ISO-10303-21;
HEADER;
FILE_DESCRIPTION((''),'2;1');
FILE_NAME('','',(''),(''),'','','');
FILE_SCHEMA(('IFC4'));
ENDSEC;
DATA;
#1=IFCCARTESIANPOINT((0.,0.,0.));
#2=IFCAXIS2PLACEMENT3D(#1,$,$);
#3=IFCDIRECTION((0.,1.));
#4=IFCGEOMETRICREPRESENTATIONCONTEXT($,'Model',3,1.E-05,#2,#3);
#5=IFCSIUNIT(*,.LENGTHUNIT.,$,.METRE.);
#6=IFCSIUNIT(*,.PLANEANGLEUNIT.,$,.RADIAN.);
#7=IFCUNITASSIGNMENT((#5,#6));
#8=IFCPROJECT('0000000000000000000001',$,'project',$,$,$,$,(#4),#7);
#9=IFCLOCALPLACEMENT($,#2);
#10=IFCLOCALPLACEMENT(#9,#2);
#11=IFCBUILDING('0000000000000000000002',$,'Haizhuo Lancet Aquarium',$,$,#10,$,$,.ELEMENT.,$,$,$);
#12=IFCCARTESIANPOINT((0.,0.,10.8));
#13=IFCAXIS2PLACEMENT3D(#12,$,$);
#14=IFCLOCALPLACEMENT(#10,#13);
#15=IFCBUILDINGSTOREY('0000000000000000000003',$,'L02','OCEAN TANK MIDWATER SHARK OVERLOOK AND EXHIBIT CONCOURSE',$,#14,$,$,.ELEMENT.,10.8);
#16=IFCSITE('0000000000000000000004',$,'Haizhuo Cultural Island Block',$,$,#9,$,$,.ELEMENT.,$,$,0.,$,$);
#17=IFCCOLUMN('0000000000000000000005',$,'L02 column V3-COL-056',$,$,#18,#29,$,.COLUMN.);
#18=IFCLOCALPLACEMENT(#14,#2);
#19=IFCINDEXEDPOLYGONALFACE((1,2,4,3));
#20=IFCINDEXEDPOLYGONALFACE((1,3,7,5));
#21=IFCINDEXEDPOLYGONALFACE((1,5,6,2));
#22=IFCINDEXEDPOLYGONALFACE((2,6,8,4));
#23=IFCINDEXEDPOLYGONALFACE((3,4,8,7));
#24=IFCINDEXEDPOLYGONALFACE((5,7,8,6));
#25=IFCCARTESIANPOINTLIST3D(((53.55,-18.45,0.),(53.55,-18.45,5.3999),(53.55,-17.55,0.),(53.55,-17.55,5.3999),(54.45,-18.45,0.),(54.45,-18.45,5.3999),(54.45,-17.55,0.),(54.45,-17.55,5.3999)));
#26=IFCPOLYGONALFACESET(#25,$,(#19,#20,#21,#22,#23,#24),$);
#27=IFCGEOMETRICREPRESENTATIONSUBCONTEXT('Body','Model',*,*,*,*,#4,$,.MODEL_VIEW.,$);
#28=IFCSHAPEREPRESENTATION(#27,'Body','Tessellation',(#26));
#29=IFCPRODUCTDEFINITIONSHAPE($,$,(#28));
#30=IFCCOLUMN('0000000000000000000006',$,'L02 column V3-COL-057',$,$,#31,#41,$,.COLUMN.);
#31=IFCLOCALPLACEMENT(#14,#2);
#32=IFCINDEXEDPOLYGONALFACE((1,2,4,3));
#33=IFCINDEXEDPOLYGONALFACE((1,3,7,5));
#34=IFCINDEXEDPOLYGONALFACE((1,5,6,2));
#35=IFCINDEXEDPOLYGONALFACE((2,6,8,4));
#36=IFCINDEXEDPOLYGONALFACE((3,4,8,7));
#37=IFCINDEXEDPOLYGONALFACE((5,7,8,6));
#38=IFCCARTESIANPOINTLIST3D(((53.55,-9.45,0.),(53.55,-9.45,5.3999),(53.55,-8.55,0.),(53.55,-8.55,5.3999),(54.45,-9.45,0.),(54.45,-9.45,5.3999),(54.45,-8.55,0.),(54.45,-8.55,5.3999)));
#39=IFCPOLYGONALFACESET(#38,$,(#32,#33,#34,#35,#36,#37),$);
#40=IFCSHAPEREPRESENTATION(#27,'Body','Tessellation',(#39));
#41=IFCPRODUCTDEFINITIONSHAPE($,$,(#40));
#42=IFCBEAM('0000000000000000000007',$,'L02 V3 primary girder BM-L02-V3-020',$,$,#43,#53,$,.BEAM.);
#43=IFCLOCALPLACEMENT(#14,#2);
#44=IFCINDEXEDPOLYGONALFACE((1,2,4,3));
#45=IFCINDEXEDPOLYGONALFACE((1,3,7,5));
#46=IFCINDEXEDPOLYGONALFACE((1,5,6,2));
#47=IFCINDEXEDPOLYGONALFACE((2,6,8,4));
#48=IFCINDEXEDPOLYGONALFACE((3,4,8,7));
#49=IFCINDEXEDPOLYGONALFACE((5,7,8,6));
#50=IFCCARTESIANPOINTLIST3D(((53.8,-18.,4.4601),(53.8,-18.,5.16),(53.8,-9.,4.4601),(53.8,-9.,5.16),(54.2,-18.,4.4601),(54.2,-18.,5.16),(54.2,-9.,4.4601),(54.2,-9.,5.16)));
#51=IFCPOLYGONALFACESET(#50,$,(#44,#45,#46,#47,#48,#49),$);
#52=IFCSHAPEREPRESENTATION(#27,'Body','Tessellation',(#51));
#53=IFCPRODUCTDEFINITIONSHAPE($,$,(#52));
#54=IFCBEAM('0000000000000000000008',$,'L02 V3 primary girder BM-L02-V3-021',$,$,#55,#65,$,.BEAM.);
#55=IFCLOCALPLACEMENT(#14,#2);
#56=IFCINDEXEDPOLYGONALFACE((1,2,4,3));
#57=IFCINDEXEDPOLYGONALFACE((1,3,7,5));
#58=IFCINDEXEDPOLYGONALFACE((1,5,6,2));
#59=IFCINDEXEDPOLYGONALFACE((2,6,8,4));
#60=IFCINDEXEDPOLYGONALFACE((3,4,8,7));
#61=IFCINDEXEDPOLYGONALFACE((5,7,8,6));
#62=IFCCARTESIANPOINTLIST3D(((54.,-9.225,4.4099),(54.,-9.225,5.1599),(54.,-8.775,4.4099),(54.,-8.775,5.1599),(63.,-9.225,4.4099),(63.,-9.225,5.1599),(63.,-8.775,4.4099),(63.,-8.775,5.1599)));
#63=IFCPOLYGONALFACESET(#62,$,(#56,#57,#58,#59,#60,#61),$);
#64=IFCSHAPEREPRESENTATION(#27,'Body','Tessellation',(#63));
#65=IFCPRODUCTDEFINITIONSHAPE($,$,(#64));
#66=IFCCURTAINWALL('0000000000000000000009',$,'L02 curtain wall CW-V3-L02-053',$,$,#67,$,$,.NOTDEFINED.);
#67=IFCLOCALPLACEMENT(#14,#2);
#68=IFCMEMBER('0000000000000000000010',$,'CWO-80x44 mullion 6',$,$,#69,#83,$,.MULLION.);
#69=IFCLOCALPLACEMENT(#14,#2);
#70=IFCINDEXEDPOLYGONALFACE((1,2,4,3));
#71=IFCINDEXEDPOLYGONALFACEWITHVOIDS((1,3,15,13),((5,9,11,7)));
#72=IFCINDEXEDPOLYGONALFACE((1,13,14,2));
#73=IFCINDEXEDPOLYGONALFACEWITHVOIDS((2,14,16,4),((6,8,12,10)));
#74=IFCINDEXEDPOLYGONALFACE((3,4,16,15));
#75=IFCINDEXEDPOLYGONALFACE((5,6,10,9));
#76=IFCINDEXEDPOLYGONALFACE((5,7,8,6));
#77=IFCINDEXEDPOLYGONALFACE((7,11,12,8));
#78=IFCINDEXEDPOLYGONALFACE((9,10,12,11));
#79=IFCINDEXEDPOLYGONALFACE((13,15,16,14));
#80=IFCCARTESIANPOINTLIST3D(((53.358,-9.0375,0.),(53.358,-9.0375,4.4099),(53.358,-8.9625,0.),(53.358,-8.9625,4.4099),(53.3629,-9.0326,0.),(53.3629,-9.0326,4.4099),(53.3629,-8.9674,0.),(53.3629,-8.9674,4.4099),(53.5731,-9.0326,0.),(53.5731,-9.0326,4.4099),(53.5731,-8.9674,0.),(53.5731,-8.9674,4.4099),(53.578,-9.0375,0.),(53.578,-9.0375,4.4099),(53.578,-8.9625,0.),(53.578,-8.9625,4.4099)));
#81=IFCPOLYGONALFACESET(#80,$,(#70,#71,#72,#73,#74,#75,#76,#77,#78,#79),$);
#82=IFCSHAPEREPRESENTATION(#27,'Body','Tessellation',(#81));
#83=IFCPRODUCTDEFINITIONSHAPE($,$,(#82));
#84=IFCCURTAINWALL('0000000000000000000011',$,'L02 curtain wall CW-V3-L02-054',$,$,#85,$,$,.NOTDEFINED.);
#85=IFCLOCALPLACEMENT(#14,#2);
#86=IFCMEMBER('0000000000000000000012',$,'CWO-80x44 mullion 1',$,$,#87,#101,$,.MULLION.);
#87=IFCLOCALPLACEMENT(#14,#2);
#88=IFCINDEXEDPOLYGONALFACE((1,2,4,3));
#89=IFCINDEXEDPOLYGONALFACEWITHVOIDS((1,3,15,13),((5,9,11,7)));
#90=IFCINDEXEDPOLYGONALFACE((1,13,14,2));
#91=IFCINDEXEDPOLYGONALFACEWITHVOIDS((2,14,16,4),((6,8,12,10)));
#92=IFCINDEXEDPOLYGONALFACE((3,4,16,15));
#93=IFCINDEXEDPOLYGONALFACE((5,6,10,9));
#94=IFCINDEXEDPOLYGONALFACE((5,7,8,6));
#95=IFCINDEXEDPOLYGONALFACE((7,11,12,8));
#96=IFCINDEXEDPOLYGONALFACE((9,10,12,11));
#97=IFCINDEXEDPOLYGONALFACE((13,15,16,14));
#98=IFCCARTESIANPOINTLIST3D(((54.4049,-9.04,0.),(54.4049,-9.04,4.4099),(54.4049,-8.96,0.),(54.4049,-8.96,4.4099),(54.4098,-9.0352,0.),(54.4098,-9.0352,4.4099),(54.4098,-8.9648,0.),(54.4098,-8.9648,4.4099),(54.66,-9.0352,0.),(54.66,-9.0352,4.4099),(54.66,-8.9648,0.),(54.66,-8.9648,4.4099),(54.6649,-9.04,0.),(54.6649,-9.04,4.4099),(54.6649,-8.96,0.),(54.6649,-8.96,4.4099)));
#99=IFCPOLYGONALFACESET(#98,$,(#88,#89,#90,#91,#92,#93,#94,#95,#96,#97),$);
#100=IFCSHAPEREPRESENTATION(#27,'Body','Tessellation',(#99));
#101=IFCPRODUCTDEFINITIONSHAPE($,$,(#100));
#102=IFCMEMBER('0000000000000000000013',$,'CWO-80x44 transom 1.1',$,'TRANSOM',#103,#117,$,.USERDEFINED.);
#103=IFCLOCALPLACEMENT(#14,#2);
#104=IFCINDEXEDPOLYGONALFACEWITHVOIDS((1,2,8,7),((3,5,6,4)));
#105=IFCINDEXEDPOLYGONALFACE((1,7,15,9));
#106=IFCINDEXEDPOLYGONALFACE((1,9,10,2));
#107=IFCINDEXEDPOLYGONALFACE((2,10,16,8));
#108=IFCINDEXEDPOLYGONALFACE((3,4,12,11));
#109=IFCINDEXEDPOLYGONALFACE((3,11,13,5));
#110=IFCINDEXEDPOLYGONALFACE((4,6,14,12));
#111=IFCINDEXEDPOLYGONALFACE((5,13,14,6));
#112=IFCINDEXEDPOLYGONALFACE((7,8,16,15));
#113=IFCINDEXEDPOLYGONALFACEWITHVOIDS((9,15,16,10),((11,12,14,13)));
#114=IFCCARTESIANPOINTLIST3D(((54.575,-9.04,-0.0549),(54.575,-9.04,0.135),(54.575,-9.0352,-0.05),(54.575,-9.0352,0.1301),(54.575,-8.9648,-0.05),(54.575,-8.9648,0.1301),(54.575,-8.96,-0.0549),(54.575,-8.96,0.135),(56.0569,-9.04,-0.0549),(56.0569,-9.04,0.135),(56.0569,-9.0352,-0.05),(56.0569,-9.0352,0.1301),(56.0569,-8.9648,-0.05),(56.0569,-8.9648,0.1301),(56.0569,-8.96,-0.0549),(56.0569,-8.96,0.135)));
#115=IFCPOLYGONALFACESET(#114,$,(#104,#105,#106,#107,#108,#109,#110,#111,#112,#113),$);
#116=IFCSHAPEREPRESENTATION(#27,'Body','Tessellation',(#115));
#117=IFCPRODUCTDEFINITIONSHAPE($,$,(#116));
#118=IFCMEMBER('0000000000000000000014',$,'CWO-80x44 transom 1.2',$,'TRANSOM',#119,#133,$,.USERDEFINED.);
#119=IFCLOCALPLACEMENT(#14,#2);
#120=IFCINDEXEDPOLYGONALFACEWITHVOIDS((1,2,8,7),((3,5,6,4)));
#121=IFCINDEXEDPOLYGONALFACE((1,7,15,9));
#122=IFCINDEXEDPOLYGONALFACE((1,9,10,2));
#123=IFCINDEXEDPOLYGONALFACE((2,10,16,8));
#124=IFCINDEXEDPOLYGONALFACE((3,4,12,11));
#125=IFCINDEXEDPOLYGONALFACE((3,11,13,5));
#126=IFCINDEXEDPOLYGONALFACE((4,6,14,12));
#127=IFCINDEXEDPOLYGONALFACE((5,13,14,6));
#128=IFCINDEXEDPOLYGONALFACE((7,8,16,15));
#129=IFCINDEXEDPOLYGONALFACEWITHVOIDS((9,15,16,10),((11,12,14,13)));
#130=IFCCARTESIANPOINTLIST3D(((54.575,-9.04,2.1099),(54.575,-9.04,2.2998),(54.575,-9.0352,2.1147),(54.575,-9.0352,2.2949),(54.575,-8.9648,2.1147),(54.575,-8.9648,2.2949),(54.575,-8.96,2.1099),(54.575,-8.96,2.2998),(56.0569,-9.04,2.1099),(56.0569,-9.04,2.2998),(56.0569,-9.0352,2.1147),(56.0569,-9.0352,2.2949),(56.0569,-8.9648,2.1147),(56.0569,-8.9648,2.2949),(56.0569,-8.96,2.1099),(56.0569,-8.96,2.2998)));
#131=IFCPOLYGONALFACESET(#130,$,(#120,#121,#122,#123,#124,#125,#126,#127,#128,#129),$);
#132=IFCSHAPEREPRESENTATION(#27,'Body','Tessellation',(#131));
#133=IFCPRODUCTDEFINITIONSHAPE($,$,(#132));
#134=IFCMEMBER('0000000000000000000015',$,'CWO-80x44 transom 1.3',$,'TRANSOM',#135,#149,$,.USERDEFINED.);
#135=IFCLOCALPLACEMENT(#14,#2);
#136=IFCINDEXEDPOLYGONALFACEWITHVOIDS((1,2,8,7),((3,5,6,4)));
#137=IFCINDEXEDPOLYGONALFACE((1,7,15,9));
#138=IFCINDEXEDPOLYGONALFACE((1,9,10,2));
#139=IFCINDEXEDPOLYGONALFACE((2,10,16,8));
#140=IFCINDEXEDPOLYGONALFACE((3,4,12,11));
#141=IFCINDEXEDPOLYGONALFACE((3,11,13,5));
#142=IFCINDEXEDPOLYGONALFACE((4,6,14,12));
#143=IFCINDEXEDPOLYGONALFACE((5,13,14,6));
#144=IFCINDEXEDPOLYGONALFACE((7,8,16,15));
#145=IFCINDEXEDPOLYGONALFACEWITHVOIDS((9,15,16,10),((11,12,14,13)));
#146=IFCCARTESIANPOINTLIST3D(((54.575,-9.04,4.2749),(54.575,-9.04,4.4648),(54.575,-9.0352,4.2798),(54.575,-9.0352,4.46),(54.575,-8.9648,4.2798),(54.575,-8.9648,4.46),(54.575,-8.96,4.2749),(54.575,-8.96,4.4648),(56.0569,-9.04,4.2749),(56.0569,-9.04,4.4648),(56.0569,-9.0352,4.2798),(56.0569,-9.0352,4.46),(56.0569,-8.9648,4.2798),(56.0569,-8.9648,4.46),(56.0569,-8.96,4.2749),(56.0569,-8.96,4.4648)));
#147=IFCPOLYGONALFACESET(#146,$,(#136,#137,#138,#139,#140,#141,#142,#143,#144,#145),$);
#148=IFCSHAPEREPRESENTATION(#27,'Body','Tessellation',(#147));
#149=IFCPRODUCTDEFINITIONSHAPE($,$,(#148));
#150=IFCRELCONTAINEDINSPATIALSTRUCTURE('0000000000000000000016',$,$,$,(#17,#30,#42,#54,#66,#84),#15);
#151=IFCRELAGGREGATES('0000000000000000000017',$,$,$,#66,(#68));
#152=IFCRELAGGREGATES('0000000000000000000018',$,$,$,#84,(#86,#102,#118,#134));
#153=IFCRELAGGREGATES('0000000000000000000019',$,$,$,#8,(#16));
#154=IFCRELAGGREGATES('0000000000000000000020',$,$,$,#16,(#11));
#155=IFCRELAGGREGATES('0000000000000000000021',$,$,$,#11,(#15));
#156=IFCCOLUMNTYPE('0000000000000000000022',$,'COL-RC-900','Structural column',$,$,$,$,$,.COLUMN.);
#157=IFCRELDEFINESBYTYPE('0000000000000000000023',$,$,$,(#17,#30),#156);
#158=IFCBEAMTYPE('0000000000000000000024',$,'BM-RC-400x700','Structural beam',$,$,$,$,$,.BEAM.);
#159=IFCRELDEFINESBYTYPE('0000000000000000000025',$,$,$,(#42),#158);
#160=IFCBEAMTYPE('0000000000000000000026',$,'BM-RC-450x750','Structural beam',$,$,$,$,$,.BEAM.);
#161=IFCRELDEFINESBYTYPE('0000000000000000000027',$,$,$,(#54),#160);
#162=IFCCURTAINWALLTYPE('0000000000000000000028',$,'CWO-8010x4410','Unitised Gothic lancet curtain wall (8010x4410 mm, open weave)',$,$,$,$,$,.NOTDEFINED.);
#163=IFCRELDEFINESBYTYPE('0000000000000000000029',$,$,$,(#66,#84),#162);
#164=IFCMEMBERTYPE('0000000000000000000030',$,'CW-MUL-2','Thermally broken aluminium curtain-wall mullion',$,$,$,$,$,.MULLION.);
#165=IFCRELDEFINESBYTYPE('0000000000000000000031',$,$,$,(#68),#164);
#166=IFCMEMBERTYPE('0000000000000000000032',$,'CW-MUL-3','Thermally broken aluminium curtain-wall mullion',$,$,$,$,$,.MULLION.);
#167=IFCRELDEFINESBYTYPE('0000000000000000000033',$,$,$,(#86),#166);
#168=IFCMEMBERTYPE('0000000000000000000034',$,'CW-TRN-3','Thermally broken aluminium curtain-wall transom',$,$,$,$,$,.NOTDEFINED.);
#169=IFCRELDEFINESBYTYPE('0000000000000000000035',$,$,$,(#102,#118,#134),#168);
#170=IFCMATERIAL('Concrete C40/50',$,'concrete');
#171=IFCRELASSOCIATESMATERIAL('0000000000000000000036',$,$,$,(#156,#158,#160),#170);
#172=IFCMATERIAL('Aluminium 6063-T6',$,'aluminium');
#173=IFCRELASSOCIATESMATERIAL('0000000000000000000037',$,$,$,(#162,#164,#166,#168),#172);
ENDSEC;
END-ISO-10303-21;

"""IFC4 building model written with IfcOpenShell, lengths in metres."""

from ifc_helpers import new_model, si_unit, direction, frame, origin, origin_2d, place, context, subcontext, project, spatial, rectangle, hollow_rectangle, extrude, material, material_profile, profile_set, type_object, element, aggregate, save


model = new_model("IFC4")

# Units and contexts
model_context = context("Model", 3, precision=1e-05, world=origin(), true_north=direction((0.0, 1.0)))
body_context = subcontext(model_context, "Body", "Model", "MODEL_VIEW")
ifc_project = project(units=[si_unit("LENGTHUNIT", "METRE"), si_unit("PLANEANGLEUNIT", "RADIAN")], contexts=[model_context])

# Site, building, storey
site_placement = place(None, origin())
site = spatial("IfcSite", under=ifc_project, at=site_placement, Name="Haizhuo Cultural Island Block", CompositionType="ELEMENT", RefElevation=0.0)
building_placement = place(site_placement, origin())
building = spatial("IfcBuilding", under=site, at=building_placement, Name="Haizhuo Lancet Aquarium", CompositionType="ELEMENT")
storey_placement = place(building_placement, frame((0.0, 0.0, 10.8)))
storey = spatial("IfcBuildingStorey", under=building, at=storey_placement, Name="L02", Description="OCEAN TANK MIDWATER SHARK OVERLOOK AND EXHIBIT CONCOURSE", CompositionType="ELEMENT", Elevation=10.8)

# Columns
ifc_material_1 = material(Name="Concrete C40/50", Category="concrete")
ifc_material_profile_1 = material_profile(ifc_material_1, rectangle(XDim=0.8999, YDim=0.8999, at=origin_2d()), Name="RC-COL 900x900")
ifc_profile_set_1 = profile_set([ifc_material_profile_1], Name="Concrete C40/50")
column_type = type_object("IfcColumnType", Name="COL-RC-900", Description="Structural column", PredefinedType="COLUMN", material=ifc_profile_set_1)
for number, where, z_axis, x_axis, name in (
    (1, (54.0, -18.0, 0.0), (0.0, 0.0, 1.0), (1.0, 0.0, 0.0), "L02 column V3-COL-056"),
    (2, (54.0, -9.0, 0.0), (0.0, 0.0, 1.0), (1.0, 0.0, 0.0), "L02 column V3-COL-057"),
):
    element("IfcColumn", number, at=place(storey_placement, frame(where, z_axis=z_axis, x_axis=x_axis)), inside=storey, type_object=column_type, Name=name, PredefinedType="COLUMN", context=body_context, shape_type="SweptSolid", body=[
        extrude(rectangle(XDim=0.8999, YDim=0.8999, at=origin_2d()), origin(), (0.0, 0.0, 1.0), 5.3999),
    ])

# Beams
ifc_material_profile_2 = material_profile(ifc_material_1, rectangle(XDim=0.3999, YDim=0.7, at=origin_2d()), Name="RC-BM 400x700")
ifc_profile_set_2 = profile_set([ifc_material_profile_2], Name="Concrete C40/50")
beam_type_1 = type_object("IfcBeamType", Name="BM-RC-400x700", Description="Structural beam", PredefinedType="BEAM", material=ifc_profile_set_2)
beam_1_placement = place(storey_placement, frame((54.0, -18.0, 4.8101), z_axis=(0.0, 1.0, 0.0), x_axis=(-1.0, 0.0, 0.0)))
element("IfcBeam", 3, at=beam_1_placement, inside=storey, type_object=beam_type_1, Name="L02 V3 primary girder BM-L02-V3-020", PredefinedType="BEAM", context=body_context, shape_type="SweptSolid", body=[
    extrude(rectangle(XDim=0.3999, YDim=0.7, at=origin_2d()), origin(), (0.0, 0.0, 1.0), 9.0),
])
ifc_material_profile_3 = material_profile(ifc_material_1, rectangle(XDim=0.45, YDim=0.75, at=origin_2d()), Name="RC-BM 450x750")
ifc_profile_set_3 = profile_set([ifc_material_profile_3], Name="Concrete C40/50")
beam_type_2 = type_object("IfcBeamType", Name="BM-RC-450x750", Description="Structural beam", PredefinedType="BEAM", material=ifc_profile_set_3)
beam_2_placement = place(storey_placement, frame((54.0, -9.0, 4.7849), z_axis=(1.0, 0.0, 0.0), x_axis=(0.0, 1.0, 0.0)))
element("IfcBeam", 4, at=beam_2_placement, inside=storey, type_object=beam_type_2, Name="L02 V3 primary girder BM-L02-V3-021", PredefinedType="BEAM", context=body_context, shape_type="SweptSolid", body=[
    extrude(rectangle(XDim=0.45, YDim=0.75, at=origin_2d()), origin(), (0.0, 0.0, 1.0), 9.0),
])

# Curtain wall, member
ifc_material_2 = material(Name="Aluminium 6063-T6", Category="aluminium")
curtain_wall_type = type_object("IfcCurtainWallType", Name="CWO-8010x4410", Description="Unitised Gothic lancet curtain wall (8010x4410 mm, open weave)", PredefinedType="NOTDEFINED", material=ifc_material_2)
curtain_wall_1_placement = place(storey_placement, origin())
curtain_wall_1 = element("IfcCurtainWall", 5, at=curtain_wall_1_placement, inside=storey, type_object=curtain_wall_type, Name="L02 curtain wall CW-V3-L02-053", PredefinedType="NOTDEFINED")
ifc_material_profile_4 = material_profile(ifc_material_2, hollow_rectangle(XDim=0.075, YDim=0.22, WallThickness=0.0049, at=origin_2d()), Name="ALU-M 75x220x5")
ifc_profile_set_4 = profile_set([ifc_material_profile_4], Name="Aluminium 6063-T6")
member_type_1 = type_object("IfcMemberType", Name="CW-MUL-2", Description="Thermally broken aluminium curtain-wall mullion", PredefinedType="MULLION", material=ifc_profile_set_4)
member_1_placement = place(storey_placement, frame((53.468, -9.0, 0.0), z_axis=(0.0, 0.0, 1.0), x_axis=(0.0, 1.0, 0.0)))
member_1 = element("IfcMember", 6, at=member_1_placement, type_object=member_type_1, Name="CWO-80x44 mullion 6", PredefinedType="MULLION", context=body_context, shape_type="SweptSolid", body=[
    extrude(hollow_rectangle(XDim=0.075, YDim=0.22, WallThickness=0.0049, at=origin_2d()), origin(), (0.0, 0.0, 1.0), 4.4099),
])
aggregate(curtain_wall_1, [member_1])

# Curtain wall, members
curtain_wall_2_placement = place(storey_placement, origin())
curtain_wall_2 = element("IfcCurtainWall", 7, at=curtain_wall_2_placement, inside=storey, type_object=curtain_wall_type, Name="L02 curtain wall CW-V3-L02-054", PredefinedType="NOTDEFINED")
ifc_material_profile_5 = material_profile(ifc_material_2, hollow_rectangle(XDim=0.0801, YDim=0.26, WallThickness=0.0049, at=origin_2d()), Name="ALU-M 80x260x5")
ifc_profile_set_5 = profile_set([ifc_material_profile_5], Name="Aluminium 6063-T6")
member_type_2 = type_object("IfcMemberType", Name="CW-MUL-3", Description="Thermally broken aluminium curtain-wall mullion", PredefinedType="MULLION", material=ifc_profile_set_5)
member_2_placement = place(storey_placement, frame((54.5349, -9.0, 0.0), z_axis=(0.0, 0.0, 1.0), x_axis=(0.0, 1.0, 0.0)))
member_2 = element("IfcMember", 8, at=member_2_placement, type_object=member_type_2, Name="CWO-80x44 mullion 1", PredefinedType="MULLION", context=body_context, shape_type="SweptSolid", body=[
    extrude(hollow_rectangle(XDim=0.0801, YDim=0.26, WallThickness=0.0049, at=origin_2d()), origin(), (0.0, 0.0, 1.0), 4.4099),
])
ifc_material_profile_6 = material_profile(ifc_material_2, hollow_rectangle(XDim=0.0801, YDim=0.1899, WallThickness=0.0049, at=origin_2d()), Name="ALU-T 80x190x5")
ifc_profile_set_6 = profile_set([ifc_material_profile_6], Name="Aluminium 6063-T6")
member_type_3 = type_object("IfcMemberType", Name="CW-TRN-3", Description="Thermally broken aluminium curtain-wall transom", PredefinedType="NOTDEFINED", material=ifc_profile_set_6)
member_3_placement = place(storey_placement, frame((54.575, -9.0, 0.04), z_axis=(1.0, 0.0, 0.0), x_axis=(0.0, 1.0, 0.0)))
member_3 = element("IfcMember", 9, at=member_3_placement, type_object=member_type_3, Name="CWO-80x44 transom 1.1", ObjectType="TRANSOM", PredefinedType="USERDEFINED", context=body_context, shape_type="SweptSolid", body=[
    extrude(hollow_rectangle(XDim=0.0801, YDim=0.1899, WallThickness=0.0049, at=origin_2d()), origin(), (0.0, 0.0, 1.0), 1.4819),
])
member_4_placement = place(storey_placement, frame((54.575, -9.0, 2.2048), z_axis=(1.0, 0.0, 0.0), x_axis=(0.0, 1.0, 0.0)))
member_4 = element("IfcMember", 10, at=member_4_placement, type_object=member_type_3, Name="CWO-80x44 transom 1.2", ObjectType="TRANSOM", PredefinedType="USERDEFINED", context=body_context, shape_type="SweptSolid", body=[
    extrude(hollow_rectangle(XDim=0.0801, YDim=0.1899, WallThickness=0.0049, at=origin_2d()), origin(), (0.0, 0.0, 1.0), 1.4819),
])
member_5_placement = place(storey_placement, frame((54.575, -9.0, 4.3699), z_axis=(1.0, 0.0, 0.0), x_axis=(0.0, 1.0, 0.0)))
member_5 = element("IfcMember", 11, at=member_5_placement, type_object=member_type_3, Name="CWO-80x44 transom 1.3", ObjectType="TRANSOM", PredefinedType="USERDEFINED", context=body_context, shape_type="SweptSolid", body=[
    extrude(hollow_rectangle(XDim=0.0801, YDim=0.1899, WallThickness=0.0049, at=origin_2d()), origin(), (0.0, 0.0, 1.0), 1.4819),
])

aggregate(curtain_wall_2, [member_2, member_3, member_4, member_5])

save(model, "model.ifc")
